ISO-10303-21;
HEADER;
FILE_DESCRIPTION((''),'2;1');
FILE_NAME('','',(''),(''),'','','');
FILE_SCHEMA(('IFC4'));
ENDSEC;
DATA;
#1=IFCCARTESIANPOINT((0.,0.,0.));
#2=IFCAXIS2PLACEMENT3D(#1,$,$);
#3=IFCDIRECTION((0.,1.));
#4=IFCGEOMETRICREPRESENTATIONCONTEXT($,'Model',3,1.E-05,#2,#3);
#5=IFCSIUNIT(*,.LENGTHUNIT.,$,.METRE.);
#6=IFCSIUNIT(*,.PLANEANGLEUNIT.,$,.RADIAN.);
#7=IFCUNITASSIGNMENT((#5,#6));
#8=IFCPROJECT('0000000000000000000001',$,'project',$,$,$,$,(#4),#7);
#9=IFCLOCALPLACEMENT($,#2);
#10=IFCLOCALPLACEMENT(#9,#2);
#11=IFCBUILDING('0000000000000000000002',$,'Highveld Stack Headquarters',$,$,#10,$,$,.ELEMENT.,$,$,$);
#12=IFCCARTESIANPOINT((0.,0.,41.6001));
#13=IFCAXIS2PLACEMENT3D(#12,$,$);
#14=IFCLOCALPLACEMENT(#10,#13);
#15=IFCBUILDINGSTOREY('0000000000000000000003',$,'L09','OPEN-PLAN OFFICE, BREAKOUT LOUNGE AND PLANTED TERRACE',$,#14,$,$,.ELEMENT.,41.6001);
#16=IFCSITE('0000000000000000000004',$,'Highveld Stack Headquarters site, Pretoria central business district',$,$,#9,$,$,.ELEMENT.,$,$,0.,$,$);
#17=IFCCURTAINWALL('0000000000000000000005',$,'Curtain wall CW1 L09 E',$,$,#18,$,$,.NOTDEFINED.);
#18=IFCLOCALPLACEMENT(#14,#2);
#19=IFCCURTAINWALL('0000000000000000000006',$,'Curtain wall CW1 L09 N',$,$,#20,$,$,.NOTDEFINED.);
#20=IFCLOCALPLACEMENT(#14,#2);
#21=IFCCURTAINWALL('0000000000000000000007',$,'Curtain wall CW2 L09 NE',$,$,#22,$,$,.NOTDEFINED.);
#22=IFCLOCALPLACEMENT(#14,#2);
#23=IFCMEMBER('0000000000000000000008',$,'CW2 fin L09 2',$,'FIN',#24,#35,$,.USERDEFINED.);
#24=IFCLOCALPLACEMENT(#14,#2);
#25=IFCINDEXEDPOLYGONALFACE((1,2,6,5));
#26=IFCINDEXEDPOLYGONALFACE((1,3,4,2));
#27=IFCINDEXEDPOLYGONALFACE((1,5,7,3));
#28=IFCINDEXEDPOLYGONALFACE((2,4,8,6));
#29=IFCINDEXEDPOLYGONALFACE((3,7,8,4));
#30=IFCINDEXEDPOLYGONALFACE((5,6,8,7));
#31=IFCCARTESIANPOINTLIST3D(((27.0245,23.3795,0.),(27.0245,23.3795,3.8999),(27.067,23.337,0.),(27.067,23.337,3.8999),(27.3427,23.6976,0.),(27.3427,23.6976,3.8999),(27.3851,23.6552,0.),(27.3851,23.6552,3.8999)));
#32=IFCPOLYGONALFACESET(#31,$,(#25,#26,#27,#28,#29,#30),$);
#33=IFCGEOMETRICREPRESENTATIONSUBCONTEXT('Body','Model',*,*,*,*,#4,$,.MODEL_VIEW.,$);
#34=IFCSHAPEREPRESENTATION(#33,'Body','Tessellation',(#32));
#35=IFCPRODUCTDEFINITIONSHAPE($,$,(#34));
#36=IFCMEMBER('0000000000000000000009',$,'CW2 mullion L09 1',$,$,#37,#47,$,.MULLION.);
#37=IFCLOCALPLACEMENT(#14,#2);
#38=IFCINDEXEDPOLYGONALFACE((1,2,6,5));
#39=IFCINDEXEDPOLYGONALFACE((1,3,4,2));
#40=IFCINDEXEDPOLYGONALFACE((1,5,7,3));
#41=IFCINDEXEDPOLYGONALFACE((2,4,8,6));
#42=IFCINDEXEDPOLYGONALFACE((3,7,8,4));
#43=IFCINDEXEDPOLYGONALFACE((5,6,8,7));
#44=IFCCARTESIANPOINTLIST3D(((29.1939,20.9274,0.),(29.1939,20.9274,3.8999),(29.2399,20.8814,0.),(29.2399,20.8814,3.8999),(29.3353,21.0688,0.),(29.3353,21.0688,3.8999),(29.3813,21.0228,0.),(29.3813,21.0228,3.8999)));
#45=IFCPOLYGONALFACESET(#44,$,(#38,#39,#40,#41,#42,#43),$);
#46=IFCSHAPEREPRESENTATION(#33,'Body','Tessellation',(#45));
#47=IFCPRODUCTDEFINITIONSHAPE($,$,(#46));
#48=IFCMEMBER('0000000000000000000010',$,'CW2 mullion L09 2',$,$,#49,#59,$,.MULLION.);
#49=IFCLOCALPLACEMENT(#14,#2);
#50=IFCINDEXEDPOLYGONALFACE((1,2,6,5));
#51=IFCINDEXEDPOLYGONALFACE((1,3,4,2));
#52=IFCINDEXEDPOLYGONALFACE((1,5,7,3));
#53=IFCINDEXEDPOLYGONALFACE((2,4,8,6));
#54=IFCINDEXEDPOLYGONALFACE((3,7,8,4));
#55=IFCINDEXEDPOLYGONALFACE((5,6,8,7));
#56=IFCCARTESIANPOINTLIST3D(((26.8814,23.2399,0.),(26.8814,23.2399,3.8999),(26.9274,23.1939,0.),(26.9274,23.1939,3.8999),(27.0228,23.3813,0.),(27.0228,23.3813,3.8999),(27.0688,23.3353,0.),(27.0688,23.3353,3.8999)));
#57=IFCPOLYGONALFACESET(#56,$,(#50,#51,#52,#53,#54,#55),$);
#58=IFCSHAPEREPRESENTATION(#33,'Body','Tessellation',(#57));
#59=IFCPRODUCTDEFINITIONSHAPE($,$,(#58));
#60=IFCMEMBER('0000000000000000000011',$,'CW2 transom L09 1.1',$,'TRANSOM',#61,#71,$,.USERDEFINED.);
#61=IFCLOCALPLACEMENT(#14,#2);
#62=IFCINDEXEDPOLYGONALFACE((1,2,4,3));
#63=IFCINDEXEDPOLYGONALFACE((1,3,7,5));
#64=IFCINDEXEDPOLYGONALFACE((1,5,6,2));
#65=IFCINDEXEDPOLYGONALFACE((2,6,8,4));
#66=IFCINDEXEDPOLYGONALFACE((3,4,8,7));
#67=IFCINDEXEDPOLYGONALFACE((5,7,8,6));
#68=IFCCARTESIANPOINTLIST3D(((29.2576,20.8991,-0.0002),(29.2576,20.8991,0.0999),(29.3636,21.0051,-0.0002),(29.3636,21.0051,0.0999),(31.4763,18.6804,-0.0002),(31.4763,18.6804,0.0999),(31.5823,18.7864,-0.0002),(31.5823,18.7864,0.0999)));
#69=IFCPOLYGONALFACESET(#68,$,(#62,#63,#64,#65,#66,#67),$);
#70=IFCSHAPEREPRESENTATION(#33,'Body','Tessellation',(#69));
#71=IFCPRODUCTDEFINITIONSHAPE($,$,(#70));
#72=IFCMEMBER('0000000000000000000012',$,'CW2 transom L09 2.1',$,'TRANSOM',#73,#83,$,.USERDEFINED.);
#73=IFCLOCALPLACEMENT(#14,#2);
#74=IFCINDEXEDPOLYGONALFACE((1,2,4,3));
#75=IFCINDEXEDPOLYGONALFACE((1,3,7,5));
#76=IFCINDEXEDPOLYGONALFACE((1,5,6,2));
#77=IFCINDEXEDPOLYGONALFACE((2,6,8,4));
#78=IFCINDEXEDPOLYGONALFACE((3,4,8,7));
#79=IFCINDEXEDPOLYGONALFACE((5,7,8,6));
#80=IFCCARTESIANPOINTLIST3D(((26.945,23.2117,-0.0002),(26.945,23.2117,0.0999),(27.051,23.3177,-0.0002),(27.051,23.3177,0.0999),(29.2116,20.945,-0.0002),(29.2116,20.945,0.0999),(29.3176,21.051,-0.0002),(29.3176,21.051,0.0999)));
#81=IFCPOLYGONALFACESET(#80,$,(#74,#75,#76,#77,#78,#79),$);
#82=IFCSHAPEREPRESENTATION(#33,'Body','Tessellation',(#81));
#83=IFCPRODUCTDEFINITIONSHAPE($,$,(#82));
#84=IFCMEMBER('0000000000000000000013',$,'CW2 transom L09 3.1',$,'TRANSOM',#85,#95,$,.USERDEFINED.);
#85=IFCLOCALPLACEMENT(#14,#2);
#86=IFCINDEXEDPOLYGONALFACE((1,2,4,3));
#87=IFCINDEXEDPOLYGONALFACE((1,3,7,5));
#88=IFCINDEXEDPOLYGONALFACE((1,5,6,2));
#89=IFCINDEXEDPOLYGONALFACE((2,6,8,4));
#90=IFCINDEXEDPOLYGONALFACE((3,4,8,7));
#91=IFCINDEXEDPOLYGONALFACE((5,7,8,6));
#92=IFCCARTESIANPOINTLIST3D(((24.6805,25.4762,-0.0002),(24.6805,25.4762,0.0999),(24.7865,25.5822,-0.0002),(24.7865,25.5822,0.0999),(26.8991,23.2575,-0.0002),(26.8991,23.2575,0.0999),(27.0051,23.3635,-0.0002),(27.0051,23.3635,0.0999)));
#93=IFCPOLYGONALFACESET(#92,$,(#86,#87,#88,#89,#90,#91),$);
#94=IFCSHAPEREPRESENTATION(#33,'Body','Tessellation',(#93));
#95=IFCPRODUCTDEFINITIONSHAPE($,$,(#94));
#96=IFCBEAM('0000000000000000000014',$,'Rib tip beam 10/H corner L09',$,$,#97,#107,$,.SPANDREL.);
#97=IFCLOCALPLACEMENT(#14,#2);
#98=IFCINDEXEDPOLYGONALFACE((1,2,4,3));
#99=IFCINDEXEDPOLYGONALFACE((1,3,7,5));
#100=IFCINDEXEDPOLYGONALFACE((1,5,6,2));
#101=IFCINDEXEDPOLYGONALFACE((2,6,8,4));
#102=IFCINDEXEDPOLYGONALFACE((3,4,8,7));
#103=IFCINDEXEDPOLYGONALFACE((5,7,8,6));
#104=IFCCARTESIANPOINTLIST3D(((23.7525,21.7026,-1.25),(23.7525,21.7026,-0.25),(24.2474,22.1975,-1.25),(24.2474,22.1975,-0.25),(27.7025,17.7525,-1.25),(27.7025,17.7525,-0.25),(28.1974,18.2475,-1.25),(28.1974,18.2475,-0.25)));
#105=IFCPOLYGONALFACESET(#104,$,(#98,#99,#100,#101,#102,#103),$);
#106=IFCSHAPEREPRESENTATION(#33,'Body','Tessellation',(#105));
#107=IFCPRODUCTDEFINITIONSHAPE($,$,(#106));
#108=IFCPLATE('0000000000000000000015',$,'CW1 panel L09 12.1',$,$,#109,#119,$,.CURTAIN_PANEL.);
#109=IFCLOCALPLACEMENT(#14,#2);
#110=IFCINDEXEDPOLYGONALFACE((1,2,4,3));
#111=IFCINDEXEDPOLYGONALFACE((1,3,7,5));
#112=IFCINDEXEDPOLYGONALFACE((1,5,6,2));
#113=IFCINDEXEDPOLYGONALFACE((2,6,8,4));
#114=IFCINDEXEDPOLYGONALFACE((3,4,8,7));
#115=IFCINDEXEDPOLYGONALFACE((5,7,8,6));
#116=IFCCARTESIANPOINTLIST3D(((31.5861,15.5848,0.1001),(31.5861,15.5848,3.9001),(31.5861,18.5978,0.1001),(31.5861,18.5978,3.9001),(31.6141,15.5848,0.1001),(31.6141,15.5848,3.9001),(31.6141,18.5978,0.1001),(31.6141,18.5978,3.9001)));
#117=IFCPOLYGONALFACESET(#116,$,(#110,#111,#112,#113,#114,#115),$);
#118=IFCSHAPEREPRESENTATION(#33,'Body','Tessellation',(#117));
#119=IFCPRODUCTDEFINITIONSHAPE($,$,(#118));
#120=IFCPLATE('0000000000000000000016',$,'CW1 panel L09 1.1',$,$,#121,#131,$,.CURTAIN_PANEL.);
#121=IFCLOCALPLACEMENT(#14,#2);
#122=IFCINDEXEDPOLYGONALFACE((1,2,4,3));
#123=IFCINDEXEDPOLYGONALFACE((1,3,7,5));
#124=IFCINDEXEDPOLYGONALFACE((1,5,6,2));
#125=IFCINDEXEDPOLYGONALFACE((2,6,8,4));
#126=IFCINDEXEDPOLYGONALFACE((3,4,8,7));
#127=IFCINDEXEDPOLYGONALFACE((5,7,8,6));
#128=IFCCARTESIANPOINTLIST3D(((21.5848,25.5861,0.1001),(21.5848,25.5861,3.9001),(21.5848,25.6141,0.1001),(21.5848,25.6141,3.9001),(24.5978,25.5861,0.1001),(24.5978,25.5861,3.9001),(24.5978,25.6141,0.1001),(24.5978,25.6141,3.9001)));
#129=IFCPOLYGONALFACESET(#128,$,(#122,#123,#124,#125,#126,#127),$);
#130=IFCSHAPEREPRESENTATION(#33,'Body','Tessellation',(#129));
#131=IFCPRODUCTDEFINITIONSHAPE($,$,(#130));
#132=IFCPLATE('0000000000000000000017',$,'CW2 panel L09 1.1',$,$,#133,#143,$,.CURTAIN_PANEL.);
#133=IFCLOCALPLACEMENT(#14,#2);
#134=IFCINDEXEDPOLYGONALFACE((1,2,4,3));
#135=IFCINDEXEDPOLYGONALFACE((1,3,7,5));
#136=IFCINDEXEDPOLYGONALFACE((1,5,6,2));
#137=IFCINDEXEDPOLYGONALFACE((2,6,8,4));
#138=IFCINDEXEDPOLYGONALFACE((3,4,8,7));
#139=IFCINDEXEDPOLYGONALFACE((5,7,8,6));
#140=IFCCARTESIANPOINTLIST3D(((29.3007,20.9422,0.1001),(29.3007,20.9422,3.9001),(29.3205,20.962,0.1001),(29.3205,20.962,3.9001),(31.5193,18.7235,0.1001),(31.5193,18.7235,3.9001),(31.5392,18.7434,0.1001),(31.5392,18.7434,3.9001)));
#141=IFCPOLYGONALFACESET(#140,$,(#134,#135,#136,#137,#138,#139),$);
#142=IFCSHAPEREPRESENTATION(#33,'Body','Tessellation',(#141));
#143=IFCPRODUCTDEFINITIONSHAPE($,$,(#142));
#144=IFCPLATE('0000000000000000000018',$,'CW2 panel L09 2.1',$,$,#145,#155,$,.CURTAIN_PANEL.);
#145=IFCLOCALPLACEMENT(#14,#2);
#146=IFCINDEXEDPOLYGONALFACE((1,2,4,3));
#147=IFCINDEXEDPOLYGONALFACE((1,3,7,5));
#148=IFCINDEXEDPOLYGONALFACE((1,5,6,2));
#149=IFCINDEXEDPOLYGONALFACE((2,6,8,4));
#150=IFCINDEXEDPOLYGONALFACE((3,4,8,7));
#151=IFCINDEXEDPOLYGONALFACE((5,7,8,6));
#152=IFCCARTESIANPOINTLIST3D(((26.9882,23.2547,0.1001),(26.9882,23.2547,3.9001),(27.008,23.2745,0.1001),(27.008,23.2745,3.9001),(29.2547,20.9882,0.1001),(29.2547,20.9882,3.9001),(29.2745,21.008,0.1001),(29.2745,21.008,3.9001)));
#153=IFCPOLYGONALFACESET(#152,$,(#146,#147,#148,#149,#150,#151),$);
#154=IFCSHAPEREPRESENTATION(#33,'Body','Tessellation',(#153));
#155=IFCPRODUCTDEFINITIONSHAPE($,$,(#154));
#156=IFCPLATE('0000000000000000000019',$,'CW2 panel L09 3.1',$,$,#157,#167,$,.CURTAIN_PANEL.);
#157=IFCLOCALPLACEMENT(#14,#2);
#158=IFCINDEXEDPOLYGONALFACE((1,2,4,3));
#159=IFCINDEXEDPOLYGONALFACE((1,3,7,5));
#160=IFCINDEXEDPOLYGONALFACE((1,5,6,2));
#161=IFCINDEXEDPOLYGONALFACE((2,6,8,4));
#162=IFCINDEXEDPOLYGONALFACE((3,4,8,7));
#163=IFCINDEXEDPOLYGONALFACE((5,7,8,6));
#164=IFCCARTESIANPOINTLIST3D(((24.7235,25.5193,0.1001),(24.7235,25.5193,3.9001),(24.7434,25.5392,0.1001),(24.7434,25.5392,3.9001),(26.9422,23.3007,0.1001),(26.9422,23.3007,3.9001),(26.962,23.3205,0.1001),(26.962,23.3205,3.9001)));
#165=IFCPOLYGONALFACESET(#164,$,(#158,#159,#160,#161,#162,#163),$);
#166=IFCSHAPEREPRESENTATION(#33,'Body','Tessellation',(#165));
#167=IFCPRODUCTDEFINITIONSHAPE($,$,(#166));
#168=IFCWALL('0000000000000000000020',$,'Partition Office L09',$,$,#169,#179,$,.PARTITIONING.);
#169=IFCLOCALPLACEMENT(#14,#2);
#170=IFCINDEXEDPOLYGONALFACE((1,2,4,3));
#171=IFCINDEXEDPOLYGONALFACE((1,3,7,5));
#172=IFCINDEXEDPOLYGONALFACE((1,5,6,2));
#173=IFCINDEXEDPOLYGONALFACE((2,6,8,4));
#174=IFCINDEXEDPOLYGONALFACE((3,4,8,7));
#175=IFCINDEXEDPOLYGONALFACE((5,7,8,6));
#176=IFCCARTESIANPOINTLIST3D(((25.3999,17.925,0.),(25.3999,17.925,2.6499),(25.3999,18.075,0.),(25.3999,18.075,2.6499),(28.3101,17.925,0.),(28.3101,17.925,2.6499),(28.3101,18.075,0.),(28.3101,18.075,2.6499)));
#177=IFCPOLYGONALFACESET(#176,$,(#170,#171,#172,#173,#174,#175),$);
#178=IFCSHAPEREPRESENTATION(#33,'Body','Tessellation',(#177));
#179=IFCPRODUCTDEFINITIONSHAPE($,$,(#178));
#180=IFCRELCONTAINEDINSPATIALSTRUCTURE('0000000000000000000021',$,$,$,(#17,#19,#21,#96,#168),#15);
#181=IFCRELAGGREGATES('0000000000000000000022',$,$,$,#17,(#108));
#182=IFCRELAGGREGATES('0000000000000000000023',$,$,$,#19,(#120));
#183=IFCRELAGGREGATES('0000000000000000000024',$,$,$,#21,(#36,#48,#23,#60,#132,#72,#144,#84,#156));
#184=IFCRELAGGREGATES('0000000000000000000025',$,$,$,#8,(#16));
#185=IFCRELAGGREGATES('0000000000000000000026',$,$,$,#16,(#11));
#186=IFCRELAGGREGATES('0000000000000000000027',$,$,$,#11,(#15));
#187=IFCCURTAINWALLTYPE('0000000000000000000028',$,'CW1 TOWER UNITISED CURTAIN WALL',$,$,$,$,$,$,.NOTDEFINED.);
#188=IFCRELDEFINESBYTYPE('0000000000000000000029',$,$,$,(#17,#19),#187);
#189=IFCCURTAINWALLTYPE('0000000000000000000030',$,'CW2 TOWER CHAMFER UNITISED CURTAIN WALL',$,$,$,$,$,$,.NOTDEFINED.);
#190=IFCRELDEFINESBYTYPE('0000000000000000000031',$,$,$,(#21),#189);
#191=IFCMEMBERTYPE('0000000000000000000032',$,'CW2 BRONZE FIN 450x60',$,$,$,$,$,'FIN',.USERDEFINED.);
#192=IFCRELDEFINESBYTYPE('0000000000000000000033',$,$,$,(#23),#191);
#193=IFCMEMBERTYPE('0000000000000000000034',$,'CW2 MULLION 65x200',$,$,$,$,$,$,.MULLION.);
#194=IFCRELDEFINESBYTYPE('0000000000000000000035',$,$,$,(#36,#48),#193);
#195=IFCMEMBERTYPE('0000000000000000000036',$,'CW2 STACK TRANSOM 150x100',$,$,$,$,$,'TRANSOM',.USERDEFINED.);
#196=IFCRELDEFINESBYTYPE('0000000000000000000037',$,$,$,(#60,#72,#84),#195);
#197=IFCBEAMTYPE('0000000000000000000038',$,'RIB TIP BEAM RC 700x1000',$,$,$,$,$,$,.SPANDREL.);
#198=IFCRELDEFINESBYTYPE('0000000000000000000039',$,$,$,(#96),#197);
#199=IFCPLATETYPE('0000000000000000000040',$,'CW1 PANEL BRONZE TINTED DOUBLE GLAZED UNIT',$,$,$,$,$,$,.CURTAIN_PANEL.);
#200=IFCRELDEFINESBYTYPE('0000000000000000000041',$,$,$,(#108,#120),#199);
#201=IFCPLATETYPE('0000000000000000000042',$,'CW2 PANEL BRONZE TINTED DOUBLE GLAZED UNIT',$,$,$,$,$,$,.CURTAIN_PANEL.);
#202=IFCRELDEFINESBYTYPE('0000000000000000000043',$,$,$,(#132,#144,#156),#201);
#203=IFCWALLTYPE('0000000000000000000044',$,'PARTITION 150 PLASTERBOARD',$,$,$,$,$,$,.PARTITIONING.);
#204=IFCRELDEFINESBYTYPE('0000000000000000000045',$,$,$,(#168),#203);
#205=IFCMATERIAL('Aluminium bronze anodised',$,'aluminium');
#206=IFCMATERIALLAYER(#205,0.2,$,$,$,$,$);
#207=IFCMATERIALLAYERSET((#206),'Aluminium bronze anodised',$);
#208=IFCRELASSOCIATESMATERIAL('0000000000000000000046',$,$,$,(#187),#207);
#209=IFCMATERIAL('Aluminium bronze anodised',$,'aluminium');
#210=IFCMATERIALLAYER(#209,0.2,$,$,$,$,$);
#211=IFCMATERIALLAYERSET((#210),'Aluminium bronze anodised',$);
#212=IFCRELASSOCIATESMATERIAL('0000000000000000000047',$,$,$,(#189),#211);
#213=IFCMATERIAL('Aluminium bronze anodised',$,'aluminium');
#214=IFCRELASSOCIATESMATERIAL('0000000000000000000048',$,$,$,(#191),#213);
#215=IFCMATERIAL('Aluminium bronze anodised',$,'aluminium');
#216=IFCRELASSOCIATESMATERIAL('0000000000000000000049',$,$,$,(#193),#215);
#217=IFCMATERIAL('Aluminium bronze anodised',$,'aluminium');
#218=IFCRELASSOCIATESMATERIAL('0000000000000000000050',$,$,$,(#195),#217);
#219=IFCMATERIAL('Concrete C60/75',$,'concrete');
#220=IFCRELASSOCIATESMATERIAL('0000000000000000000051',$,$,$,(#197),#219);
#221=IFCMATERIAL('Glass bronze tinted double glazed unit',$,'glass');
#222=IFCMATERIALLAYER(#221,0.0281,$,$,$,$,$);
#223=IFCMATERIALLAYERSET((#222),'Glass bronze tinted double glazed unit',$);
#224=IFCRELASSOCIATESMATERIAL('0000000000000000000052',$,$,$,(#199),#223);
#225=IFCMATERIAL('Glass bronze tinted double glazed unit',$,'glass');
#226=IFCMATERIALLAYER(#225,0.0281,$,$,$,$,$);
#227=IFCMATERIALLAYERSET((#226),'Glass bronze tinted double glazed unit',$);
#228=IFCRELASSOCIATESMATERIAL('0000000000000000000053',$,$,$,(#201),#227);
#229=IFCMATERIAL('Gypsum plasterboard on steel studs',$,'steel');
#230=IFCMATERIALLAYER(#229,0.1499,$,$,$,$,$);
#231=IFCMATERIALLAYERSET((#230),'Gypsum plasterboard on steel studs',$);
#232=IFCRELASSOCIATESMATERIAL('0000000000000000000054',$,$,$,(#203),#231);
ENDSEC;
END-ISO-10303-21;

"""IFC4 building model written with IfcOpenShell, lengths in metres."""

from ifc_helpers import new_model, si_unit, direction, frame, frame_2d, origin, origin_2d, place, context, subcontext, project, spatial, rectangle, extrude, material, layer, layer_set, material_profile, profile_set, type_object, element, aggregate, save


model = new_model("IFC4")

# Units and contexts
model_context = context("Model", 3, precision=1e-05, world=origin(), true_north=direction((0.0, 1.0)))
body_context = subcontext(model_context, "Body", "Model", "MODEL_VIEW")
ifc_project = project(units=[si_unit("LENGTHUNIT", "METRE"), si_unit("PLANEANGLEUNIT", "RADIAN")], contexts=[model_context])

# Site, building, storey
site_placement = place(None, origin())
site = spatial("IfcSite", under=ifc_project, at=site_placement, Name="Highveld Stack Headquarters site, Pretoria central business district", CompositionType="ELEMENT", RefElevation=0.0)
building_placement = place(site_placement, origin())
building = spatial("IfcBuilding", under=site, at=building_placement, Name="Highveld Stack Headquarters", CompositionType="ELEMENT")
storey_placement = place(building_placement, frame((0.0, 0.0, 41.6001)))
storey = spatial("IfcBuildingStorey", under=building, at=storey_placement, Name="L09", Description="OPEN-PLAN OFFICE, BREAKOUT LOUNGE AND PLANTED TERRACE", CompositionType="ELEMENT", Elevation=41.6001)

# Curtain wall
ifc_material_1 = material(Name="Aluminium bronze anodised", Category="aluminium")
ifc_layer_1 = layer(ifc_material_1, 0.2)
ifc_layer_set_1 = layer_set([ifc_layer_1], Name="Aluminium bronze anodised")
curtain_wall_type_1 = type_object("IfcCurtainWallType", Name="CW1 TOWER UNITISED CURTAIN WALL", PredefinedType="NOTDEFINED", material=ifc_layer_set_1)
curtain_wall_1_placement = place(storey_placement, origin())
curtain_wall_1 = element("IfcCurtainWall", 1, at=curtain_wall_1_placement, inside=storey, type_object=curtain_wall_type_1, Name="Curtain wall CW1 L09 E", PredefinedType="NOTDEFINED")

# Curtain wall
curtain_wall_2_placement = place(storey_placement, origin())
curtain_wall_2 = element("IfcCurtainWall", 2, at=curtain_wall_2_placement, inside=storey, type_object=curtain_wall_type_1, Name="Curtain wall CW1 L09 N", PredefinedType="NOTDEFINED")

# Curtain wall, members
ifc_material_2 = material(Name="Aluminium bronze anodised", Category="aluminium")
ifc_layer_2 = layer(ifc_material_2, 0.2)
ifc_layer_set_2 = layer_set([ifc_layer_2], Name="Aluminium bronze anodised")
curtain_wall_type_2 = type_object("IfcCurtainWallType", Name="CW2 TOWER CHAMFER UNITISED CURTAIN WALL", PredefinedType="NOTDEFINED", material=ifc_layer_set_2)
curtain_wall_3_placement = place(storey_placement, origin())
curtain_wall_3 = element("IfcCurtainWall", 3, at=curtain_wall_3_placement, inside=storey, type_object=curtain_wall_type_2, Name="Curtain wall CW2 L09 NE", PredefinedType="NOTDEFINED")
ifc_material_3 = material(Name="Aluminium bronze anodised", Category="aluminium")
ifc_material_profile_1 = material_profile(ifc_material_3, rectangle(XDim=0.45, YDim=0.0601, at=origin_2d()), Name="FIN 450x60")
ifc_profile_set_1 = profile_set([ifc_material_profile_1], Name="Aluminium bronze anodised")
member_type_1 = type_object("IfcMemberType", Name="CW2 BRONZE FIN 450x60", ElementType="FIN", PredefinedType="USERDEFINED", material=ifc_profile_set_1)
member_1_placement = place(storey_placement, frame((27.2048, 23.5173, 0.0), z_axis=(0.0, 0.0, 1.0), x_axis=(-0.707107, -0.707107, 0.0)))
member_1 = element("IfcMember", 4, at=member_1_placement, type_object=member_type_1, Name="CW2 fin L09 2", ObjectType="FIN", PredefinedType="USERDEFINED", context=body_context, shape_type="SweptSolid", body=[
    extrude(rectangle(XDim=0.45, YDim=0.0601, at=origin_2d()), origin(), (0.0, 0.0, 1.0), 3.8999),
])
ifc_material_4 = material(Name="Aluminium bronze anodised", Category="aluminium")
ifc_material_profile_2 = material_profile(ifc_material_4, rectangle(XDim=0.2, YDim=0.0649, at=origin_2d()), Name="CW2 MULLION 65x200")
ifc_profile_set_2 = profile_set([ifc_material_profile_2], Name="Aluminium bronze anodised")
member_type_2 = type_object("IfcMemberType", Name="CW2 MULLION 65x200", PredefinedType="MULLION", material=ifc_profile_set_2)
member_2_placement = place(storey_placement, frame((29.2876, 20.9751, 0.0), z_axis=(0.0, 0.0, 1.0), x_axis=(-0.707107, -0.707107, 0.0)))
member_2 = element("IfcMember", 5, at=member_2_placement, type_object=member_type_2, Name="CW2 mullion L09 1", PredefinedType="MULLION", context=body_context, shape_type="SweptSolid", body=[
    extrude(rectangle(XDim=0.2, YDim=0.0649, at=origin_2d()), origin(), (0.0, 0.0, 1.0), 3.8999),
])
member_3_placement = place(storey_placement, frame((26.9751, 23.2876, 0.0), z_axis=(0.0, 0.0, 1.0), x_axis=(-0.707107, -0.707107, 0.0)))
member_3 = element("IfcMember", 6, at=member_3_placement, type_object=member_type_2, Name="CW2 mullion L09 2", PredefinedType="MULLION", context=body_context, shape_type="SweptSolid", body=[
    extrude(rectangle(XDim=0.2, YDim=0.0649, at=origin_2d()), origin(), (0.0, 0.0, 1.0), 3.8999),
])
ifc_material_5 = material(Name="Aluminium bronze anodised", Category="aluminium")
ifc_material_profile_3 = material_profile(ifc_material_5, rectangle(XDim=0.1499, YDim=0.1001, at=origin_2d()), Name="CW2 TRANSOM 150x100")
ifc_profile_set_3 = profile_set([ifc_material_profile_3], Name="Aluminium bronze anodised")
member_type_3 = type_object("IfcMemberType", Name="CW2 STACK TRANSOM 150x100", ElementType="TRANSOM", PredefinedType="USERDEFINED", material=ifc_profile_set_3)
member_4_placement = place(storey_placement, frame((31.5293, 18.7334, 0.0498), z_axis=(-0.707107, 0.707107, 0.0), x_axis=(-0.707107, -0.707107, 0.0)))
member_4 = element("IfcMember", 7, at=member_4_placement, type_object=member_type_3, Name="CW2 transom L09 1.1", ObjectType="TRANSOM", PredefinedType="USERDEFINED", context=body_context, shape_type="SweptSolid", body=[
    extrude(rectangle(XDim=0.1499, YDim=0.1001, at=origin_2d()), origin(), (0.0, 0.0, 1.0), 3.1377),
])
member_5_placement = place(storey_placement, frame((29.2646, 20.998, 0.0498), z_axis=(-0.707107, 0.707107, 0.0), x_axis=(-0.707107, -0.707107, 0.0)))
member_5 = element("IfcMember", 8, at=member_5_placement, type_object=member_type_3, Name="CW2 transom L09 2.1", ObjectType="TRANSOM", PredefinedType="USERDEFINED", context=body_context, shape_type="SweptSolid", body=[
    extrude(rectangle(XDim=0.1499, YDim=0.1001, at=origin_2d()), origin(), (0.0, 0.0, 1.0), 3.2056),
])
member_6_placement = place(storey_placement, frame((26.9521, 23.3105, 0.0498), z_axis=(-0.707107, 0.707107, 0.0), x_axis=(-0.707107, -0.707107, 0.0)))
member_6 = element("IfcMember", 9, at=member_6_placement, type_object=member_type_3, Name="CW2 transom L09 3.1", ObjectType="TRANSOM", PredefinedType="USERDEFINED", context=body_context, shape_type="SweptSolid", body=[
    extrude(rectangle(XDim=0.1499, YDim=0.1001, at=origin_2d()), origin(), (0.0, 0.0, 1.0), 3.1377),
])

# Beam
ifc_material_6 = material(Name="Concrete C60/75", Category="concrete")
ifc_material_profile_4 = material_profile(ifc_material_6, rectangle(XDim=0.7, YDim=1.0, at=origin_2d()), Name="RC 700x1000")
ifc_profile_set_4 = profile_set([ifc_material_profile_4], Name="Concrete C60/75")
beam_type_1 = type_object("IfcBeamType", Name="RIB TIP BEAM RC 700x1000", PredefinedType="SPANDREL", material=ifc_profile_set_4)
beam_1_placement = place(storey_placement, frame((27.95, 18.0, -0.75), z_axis=(-0.707107, 0.707107, 0.0), x_axis=(-0.707107, -0.707107, 0.0)))
element("IfcBeam", 10, at=beam_1_placement, inside=storey, type_object=beam_type_1, Name="Rib tip beam 10/H corner L09", PredefinedType="SPANDREL", context=body_context, shape_type="SweptSolid", body=[
    extrude(rectangle(XDim=0.7, YDim=1.0, at=origin_2d()), origin(), (0.0, 0.0, 1.0), 5.5862),
])

# Plates
ifc_material_7 = material(Name="Glass bronze tinted double glazed unit", Category="glass")
ifc_layer_3 = layer(ifc_material_7, 0.0281)
ifc_layer_set_3 = layer_set([ifc_layer_3], Name="Glass bronze tinted double glazed unit")
plate_type_1 = type_object("IfcPlateType", Name="CW1 PANEL BRONZE TINTED DOUBLE GLAZED UNIT", PredefinedType="CURTAIN_PANEL", material=ifc_layer_set_3)
plate_1_placement = place(storey_placement, frame((31.6001, 17.0913, 0.1001), z_axis=(0.0, 0.0, 1.0), x_axis=(0.0, 1.0, 0.0)))
plate_1 = element("IfcPlate", 11, at=plate_1_placement, type_object=plate_type_1, Name="CW1 panel L09 12.1", PredefinedType="CURTAIN_PANEL", context=body_context, shape_type="SweptSolid", body=[
    extrude(rectangle(XDim=3.0129, YDim=0.0281, at=origin_2d()), origin(), (0.0, 0.0, 1.0), 3.8),
])
aggregate(curtain_wall_1, [plate_1])
plate_2_placement = place(storey_placement, frame((23.0913, 25.6001, 0.1001), z_axis=(0.0, 0.0, 1.0), x_axis=(-1.0, 0.0, 0.0)))
plate_2 = element("IfcPlate", 12, at=plate_2_placement, type_object=plate_type_1, Name="CW1 panel L09 1.1", PredefinedType="CURTAIN_PANEL", context=body_context, shape_type="SweptSolid", body=[
    extrude(rectangle(XDim=3.0129, YDim=0.0281, at=origin_2d()), origin(), (0.0, 0.0, 1.0), 3.8),
])
aggregate(curtain_wall_2, [plate_2])
ifc_material_8 = material(Name="Glass bronze tinted double glazed unit", Category="glass")
ifc_layer_4 = layer(ifc_material_8, 0.0281)
ifc_layer_set_4 = layer_set([ifc_layer_4], Name="Glass bronze tinted double glazed unit")
plate_type_2 = type_object("IfcPlateType", Name="CW2 PANEL BRONZE TINTED DOUBLE GLAZED UNIT", PredefinedType="CURTAIN_PANEL", material=ifc_layer_set_4)
plate_3_placement = place(storey_placement, frame((30.4199, 19.8428, 0.1001), z_axis=(0.0, 0.0, 1.0), x_axis=(-0.707107, 0.707107, 0.0)))
plate_3 = element("IfcPlate", 13, at=plate_3_placement, type_object=plate_type_2, Name="CW2 panel L09 1.1", PredefinedType="CURTAIN_PANEL", context=body_context, shape_type="SweptSolid", body=[
    extrude(rectangle(XDim=3.1377, YDim=0.0281, at=origin_2d()), origin(), (0.0, 0.0, 1.0), 3.8),
])
plate_4_placement = place(storey_placement, frame((28.1313, 22.1313, 0.1001), z_axis=(0.0, 0.0, 1.0), x_axis=(-0.707107, 0.707107, 0.0)))
plate_4 = element("IfcPlate", 14, at=plate_4_placement, type_object=plate_type_2, Name="CW2 panel L09 2.1", PredefinedType="CURTAIN_PANEL", context=body_context, shape_type="SweptSolid", body=[
    extrude(rectangle(XDim=3.2053, YDim=0.0281, at=origin_2d()), origin(), (0.0, 0.0, 1.0), 3.8),
])
plate_5_placement = place(storey_placement, frame((25.8428, 24.4199, 0.1001), z_axis=(0.0, 0.0, 1.0), x_axis=(-0.707107, 0.707107, 0.0)))
plate_5 = element("IfcPlate", 15, at=plate_5_placement, type_object=plate_type_2, Name="CW2 panel L09 3.1", PredefinedType="CURTAIN_PANEL", context=body_context, shape_type="SweptSolid", body=[
    extrude(rectangle(XDim=3.1377, YDim=0.0281, at=origin_2d()), origin(), (0.0, 0.0, 1.0), 3.8),
])
aggregate(curtain_wall_3, [member_2, member_3, member_1, member_4, plate_3, member_5, plate_4, member_6, plate_5])

# Wall
ifc_material_9 = material(Name="Gypsum plasterboard on steel studs", Category="steel")
ifc_layer_5 = layer(ifc_material_9, 0.1499)
ifc_layer_set_5 = layer_set([ifc_layer_5], Name="Gypsum plasterboard on steel studs")
wall_type = type_object("IfcWallType", Name="PARTITION 150 PLASTERBOARD", PredefinedType="PARTITIONING", material=ifc_layer_set_5)
wall_1_placement = place(storey_placement, frame((25.3999, 18.0, 0.0), z_axis=(0.0, 0.0, 1.0), x_axis=(1.0, 0.0, 0.0)))
element("IfcWall", 16, at=wall_1_placement, inside=storey, type_object=wall_type, Name="Partition Office L09", PredefinedType="PARTITIONING", context=body_context, shape_type="SweptSolid", body=[
    extrude(rectangle(XDim=2.9102, YDim=0.1499, at=frame_2d((1.4551, 0.0))), origin(), (0.0, 0.0, 1.0), 2.6499),
])

save(model, "model.ifc")
